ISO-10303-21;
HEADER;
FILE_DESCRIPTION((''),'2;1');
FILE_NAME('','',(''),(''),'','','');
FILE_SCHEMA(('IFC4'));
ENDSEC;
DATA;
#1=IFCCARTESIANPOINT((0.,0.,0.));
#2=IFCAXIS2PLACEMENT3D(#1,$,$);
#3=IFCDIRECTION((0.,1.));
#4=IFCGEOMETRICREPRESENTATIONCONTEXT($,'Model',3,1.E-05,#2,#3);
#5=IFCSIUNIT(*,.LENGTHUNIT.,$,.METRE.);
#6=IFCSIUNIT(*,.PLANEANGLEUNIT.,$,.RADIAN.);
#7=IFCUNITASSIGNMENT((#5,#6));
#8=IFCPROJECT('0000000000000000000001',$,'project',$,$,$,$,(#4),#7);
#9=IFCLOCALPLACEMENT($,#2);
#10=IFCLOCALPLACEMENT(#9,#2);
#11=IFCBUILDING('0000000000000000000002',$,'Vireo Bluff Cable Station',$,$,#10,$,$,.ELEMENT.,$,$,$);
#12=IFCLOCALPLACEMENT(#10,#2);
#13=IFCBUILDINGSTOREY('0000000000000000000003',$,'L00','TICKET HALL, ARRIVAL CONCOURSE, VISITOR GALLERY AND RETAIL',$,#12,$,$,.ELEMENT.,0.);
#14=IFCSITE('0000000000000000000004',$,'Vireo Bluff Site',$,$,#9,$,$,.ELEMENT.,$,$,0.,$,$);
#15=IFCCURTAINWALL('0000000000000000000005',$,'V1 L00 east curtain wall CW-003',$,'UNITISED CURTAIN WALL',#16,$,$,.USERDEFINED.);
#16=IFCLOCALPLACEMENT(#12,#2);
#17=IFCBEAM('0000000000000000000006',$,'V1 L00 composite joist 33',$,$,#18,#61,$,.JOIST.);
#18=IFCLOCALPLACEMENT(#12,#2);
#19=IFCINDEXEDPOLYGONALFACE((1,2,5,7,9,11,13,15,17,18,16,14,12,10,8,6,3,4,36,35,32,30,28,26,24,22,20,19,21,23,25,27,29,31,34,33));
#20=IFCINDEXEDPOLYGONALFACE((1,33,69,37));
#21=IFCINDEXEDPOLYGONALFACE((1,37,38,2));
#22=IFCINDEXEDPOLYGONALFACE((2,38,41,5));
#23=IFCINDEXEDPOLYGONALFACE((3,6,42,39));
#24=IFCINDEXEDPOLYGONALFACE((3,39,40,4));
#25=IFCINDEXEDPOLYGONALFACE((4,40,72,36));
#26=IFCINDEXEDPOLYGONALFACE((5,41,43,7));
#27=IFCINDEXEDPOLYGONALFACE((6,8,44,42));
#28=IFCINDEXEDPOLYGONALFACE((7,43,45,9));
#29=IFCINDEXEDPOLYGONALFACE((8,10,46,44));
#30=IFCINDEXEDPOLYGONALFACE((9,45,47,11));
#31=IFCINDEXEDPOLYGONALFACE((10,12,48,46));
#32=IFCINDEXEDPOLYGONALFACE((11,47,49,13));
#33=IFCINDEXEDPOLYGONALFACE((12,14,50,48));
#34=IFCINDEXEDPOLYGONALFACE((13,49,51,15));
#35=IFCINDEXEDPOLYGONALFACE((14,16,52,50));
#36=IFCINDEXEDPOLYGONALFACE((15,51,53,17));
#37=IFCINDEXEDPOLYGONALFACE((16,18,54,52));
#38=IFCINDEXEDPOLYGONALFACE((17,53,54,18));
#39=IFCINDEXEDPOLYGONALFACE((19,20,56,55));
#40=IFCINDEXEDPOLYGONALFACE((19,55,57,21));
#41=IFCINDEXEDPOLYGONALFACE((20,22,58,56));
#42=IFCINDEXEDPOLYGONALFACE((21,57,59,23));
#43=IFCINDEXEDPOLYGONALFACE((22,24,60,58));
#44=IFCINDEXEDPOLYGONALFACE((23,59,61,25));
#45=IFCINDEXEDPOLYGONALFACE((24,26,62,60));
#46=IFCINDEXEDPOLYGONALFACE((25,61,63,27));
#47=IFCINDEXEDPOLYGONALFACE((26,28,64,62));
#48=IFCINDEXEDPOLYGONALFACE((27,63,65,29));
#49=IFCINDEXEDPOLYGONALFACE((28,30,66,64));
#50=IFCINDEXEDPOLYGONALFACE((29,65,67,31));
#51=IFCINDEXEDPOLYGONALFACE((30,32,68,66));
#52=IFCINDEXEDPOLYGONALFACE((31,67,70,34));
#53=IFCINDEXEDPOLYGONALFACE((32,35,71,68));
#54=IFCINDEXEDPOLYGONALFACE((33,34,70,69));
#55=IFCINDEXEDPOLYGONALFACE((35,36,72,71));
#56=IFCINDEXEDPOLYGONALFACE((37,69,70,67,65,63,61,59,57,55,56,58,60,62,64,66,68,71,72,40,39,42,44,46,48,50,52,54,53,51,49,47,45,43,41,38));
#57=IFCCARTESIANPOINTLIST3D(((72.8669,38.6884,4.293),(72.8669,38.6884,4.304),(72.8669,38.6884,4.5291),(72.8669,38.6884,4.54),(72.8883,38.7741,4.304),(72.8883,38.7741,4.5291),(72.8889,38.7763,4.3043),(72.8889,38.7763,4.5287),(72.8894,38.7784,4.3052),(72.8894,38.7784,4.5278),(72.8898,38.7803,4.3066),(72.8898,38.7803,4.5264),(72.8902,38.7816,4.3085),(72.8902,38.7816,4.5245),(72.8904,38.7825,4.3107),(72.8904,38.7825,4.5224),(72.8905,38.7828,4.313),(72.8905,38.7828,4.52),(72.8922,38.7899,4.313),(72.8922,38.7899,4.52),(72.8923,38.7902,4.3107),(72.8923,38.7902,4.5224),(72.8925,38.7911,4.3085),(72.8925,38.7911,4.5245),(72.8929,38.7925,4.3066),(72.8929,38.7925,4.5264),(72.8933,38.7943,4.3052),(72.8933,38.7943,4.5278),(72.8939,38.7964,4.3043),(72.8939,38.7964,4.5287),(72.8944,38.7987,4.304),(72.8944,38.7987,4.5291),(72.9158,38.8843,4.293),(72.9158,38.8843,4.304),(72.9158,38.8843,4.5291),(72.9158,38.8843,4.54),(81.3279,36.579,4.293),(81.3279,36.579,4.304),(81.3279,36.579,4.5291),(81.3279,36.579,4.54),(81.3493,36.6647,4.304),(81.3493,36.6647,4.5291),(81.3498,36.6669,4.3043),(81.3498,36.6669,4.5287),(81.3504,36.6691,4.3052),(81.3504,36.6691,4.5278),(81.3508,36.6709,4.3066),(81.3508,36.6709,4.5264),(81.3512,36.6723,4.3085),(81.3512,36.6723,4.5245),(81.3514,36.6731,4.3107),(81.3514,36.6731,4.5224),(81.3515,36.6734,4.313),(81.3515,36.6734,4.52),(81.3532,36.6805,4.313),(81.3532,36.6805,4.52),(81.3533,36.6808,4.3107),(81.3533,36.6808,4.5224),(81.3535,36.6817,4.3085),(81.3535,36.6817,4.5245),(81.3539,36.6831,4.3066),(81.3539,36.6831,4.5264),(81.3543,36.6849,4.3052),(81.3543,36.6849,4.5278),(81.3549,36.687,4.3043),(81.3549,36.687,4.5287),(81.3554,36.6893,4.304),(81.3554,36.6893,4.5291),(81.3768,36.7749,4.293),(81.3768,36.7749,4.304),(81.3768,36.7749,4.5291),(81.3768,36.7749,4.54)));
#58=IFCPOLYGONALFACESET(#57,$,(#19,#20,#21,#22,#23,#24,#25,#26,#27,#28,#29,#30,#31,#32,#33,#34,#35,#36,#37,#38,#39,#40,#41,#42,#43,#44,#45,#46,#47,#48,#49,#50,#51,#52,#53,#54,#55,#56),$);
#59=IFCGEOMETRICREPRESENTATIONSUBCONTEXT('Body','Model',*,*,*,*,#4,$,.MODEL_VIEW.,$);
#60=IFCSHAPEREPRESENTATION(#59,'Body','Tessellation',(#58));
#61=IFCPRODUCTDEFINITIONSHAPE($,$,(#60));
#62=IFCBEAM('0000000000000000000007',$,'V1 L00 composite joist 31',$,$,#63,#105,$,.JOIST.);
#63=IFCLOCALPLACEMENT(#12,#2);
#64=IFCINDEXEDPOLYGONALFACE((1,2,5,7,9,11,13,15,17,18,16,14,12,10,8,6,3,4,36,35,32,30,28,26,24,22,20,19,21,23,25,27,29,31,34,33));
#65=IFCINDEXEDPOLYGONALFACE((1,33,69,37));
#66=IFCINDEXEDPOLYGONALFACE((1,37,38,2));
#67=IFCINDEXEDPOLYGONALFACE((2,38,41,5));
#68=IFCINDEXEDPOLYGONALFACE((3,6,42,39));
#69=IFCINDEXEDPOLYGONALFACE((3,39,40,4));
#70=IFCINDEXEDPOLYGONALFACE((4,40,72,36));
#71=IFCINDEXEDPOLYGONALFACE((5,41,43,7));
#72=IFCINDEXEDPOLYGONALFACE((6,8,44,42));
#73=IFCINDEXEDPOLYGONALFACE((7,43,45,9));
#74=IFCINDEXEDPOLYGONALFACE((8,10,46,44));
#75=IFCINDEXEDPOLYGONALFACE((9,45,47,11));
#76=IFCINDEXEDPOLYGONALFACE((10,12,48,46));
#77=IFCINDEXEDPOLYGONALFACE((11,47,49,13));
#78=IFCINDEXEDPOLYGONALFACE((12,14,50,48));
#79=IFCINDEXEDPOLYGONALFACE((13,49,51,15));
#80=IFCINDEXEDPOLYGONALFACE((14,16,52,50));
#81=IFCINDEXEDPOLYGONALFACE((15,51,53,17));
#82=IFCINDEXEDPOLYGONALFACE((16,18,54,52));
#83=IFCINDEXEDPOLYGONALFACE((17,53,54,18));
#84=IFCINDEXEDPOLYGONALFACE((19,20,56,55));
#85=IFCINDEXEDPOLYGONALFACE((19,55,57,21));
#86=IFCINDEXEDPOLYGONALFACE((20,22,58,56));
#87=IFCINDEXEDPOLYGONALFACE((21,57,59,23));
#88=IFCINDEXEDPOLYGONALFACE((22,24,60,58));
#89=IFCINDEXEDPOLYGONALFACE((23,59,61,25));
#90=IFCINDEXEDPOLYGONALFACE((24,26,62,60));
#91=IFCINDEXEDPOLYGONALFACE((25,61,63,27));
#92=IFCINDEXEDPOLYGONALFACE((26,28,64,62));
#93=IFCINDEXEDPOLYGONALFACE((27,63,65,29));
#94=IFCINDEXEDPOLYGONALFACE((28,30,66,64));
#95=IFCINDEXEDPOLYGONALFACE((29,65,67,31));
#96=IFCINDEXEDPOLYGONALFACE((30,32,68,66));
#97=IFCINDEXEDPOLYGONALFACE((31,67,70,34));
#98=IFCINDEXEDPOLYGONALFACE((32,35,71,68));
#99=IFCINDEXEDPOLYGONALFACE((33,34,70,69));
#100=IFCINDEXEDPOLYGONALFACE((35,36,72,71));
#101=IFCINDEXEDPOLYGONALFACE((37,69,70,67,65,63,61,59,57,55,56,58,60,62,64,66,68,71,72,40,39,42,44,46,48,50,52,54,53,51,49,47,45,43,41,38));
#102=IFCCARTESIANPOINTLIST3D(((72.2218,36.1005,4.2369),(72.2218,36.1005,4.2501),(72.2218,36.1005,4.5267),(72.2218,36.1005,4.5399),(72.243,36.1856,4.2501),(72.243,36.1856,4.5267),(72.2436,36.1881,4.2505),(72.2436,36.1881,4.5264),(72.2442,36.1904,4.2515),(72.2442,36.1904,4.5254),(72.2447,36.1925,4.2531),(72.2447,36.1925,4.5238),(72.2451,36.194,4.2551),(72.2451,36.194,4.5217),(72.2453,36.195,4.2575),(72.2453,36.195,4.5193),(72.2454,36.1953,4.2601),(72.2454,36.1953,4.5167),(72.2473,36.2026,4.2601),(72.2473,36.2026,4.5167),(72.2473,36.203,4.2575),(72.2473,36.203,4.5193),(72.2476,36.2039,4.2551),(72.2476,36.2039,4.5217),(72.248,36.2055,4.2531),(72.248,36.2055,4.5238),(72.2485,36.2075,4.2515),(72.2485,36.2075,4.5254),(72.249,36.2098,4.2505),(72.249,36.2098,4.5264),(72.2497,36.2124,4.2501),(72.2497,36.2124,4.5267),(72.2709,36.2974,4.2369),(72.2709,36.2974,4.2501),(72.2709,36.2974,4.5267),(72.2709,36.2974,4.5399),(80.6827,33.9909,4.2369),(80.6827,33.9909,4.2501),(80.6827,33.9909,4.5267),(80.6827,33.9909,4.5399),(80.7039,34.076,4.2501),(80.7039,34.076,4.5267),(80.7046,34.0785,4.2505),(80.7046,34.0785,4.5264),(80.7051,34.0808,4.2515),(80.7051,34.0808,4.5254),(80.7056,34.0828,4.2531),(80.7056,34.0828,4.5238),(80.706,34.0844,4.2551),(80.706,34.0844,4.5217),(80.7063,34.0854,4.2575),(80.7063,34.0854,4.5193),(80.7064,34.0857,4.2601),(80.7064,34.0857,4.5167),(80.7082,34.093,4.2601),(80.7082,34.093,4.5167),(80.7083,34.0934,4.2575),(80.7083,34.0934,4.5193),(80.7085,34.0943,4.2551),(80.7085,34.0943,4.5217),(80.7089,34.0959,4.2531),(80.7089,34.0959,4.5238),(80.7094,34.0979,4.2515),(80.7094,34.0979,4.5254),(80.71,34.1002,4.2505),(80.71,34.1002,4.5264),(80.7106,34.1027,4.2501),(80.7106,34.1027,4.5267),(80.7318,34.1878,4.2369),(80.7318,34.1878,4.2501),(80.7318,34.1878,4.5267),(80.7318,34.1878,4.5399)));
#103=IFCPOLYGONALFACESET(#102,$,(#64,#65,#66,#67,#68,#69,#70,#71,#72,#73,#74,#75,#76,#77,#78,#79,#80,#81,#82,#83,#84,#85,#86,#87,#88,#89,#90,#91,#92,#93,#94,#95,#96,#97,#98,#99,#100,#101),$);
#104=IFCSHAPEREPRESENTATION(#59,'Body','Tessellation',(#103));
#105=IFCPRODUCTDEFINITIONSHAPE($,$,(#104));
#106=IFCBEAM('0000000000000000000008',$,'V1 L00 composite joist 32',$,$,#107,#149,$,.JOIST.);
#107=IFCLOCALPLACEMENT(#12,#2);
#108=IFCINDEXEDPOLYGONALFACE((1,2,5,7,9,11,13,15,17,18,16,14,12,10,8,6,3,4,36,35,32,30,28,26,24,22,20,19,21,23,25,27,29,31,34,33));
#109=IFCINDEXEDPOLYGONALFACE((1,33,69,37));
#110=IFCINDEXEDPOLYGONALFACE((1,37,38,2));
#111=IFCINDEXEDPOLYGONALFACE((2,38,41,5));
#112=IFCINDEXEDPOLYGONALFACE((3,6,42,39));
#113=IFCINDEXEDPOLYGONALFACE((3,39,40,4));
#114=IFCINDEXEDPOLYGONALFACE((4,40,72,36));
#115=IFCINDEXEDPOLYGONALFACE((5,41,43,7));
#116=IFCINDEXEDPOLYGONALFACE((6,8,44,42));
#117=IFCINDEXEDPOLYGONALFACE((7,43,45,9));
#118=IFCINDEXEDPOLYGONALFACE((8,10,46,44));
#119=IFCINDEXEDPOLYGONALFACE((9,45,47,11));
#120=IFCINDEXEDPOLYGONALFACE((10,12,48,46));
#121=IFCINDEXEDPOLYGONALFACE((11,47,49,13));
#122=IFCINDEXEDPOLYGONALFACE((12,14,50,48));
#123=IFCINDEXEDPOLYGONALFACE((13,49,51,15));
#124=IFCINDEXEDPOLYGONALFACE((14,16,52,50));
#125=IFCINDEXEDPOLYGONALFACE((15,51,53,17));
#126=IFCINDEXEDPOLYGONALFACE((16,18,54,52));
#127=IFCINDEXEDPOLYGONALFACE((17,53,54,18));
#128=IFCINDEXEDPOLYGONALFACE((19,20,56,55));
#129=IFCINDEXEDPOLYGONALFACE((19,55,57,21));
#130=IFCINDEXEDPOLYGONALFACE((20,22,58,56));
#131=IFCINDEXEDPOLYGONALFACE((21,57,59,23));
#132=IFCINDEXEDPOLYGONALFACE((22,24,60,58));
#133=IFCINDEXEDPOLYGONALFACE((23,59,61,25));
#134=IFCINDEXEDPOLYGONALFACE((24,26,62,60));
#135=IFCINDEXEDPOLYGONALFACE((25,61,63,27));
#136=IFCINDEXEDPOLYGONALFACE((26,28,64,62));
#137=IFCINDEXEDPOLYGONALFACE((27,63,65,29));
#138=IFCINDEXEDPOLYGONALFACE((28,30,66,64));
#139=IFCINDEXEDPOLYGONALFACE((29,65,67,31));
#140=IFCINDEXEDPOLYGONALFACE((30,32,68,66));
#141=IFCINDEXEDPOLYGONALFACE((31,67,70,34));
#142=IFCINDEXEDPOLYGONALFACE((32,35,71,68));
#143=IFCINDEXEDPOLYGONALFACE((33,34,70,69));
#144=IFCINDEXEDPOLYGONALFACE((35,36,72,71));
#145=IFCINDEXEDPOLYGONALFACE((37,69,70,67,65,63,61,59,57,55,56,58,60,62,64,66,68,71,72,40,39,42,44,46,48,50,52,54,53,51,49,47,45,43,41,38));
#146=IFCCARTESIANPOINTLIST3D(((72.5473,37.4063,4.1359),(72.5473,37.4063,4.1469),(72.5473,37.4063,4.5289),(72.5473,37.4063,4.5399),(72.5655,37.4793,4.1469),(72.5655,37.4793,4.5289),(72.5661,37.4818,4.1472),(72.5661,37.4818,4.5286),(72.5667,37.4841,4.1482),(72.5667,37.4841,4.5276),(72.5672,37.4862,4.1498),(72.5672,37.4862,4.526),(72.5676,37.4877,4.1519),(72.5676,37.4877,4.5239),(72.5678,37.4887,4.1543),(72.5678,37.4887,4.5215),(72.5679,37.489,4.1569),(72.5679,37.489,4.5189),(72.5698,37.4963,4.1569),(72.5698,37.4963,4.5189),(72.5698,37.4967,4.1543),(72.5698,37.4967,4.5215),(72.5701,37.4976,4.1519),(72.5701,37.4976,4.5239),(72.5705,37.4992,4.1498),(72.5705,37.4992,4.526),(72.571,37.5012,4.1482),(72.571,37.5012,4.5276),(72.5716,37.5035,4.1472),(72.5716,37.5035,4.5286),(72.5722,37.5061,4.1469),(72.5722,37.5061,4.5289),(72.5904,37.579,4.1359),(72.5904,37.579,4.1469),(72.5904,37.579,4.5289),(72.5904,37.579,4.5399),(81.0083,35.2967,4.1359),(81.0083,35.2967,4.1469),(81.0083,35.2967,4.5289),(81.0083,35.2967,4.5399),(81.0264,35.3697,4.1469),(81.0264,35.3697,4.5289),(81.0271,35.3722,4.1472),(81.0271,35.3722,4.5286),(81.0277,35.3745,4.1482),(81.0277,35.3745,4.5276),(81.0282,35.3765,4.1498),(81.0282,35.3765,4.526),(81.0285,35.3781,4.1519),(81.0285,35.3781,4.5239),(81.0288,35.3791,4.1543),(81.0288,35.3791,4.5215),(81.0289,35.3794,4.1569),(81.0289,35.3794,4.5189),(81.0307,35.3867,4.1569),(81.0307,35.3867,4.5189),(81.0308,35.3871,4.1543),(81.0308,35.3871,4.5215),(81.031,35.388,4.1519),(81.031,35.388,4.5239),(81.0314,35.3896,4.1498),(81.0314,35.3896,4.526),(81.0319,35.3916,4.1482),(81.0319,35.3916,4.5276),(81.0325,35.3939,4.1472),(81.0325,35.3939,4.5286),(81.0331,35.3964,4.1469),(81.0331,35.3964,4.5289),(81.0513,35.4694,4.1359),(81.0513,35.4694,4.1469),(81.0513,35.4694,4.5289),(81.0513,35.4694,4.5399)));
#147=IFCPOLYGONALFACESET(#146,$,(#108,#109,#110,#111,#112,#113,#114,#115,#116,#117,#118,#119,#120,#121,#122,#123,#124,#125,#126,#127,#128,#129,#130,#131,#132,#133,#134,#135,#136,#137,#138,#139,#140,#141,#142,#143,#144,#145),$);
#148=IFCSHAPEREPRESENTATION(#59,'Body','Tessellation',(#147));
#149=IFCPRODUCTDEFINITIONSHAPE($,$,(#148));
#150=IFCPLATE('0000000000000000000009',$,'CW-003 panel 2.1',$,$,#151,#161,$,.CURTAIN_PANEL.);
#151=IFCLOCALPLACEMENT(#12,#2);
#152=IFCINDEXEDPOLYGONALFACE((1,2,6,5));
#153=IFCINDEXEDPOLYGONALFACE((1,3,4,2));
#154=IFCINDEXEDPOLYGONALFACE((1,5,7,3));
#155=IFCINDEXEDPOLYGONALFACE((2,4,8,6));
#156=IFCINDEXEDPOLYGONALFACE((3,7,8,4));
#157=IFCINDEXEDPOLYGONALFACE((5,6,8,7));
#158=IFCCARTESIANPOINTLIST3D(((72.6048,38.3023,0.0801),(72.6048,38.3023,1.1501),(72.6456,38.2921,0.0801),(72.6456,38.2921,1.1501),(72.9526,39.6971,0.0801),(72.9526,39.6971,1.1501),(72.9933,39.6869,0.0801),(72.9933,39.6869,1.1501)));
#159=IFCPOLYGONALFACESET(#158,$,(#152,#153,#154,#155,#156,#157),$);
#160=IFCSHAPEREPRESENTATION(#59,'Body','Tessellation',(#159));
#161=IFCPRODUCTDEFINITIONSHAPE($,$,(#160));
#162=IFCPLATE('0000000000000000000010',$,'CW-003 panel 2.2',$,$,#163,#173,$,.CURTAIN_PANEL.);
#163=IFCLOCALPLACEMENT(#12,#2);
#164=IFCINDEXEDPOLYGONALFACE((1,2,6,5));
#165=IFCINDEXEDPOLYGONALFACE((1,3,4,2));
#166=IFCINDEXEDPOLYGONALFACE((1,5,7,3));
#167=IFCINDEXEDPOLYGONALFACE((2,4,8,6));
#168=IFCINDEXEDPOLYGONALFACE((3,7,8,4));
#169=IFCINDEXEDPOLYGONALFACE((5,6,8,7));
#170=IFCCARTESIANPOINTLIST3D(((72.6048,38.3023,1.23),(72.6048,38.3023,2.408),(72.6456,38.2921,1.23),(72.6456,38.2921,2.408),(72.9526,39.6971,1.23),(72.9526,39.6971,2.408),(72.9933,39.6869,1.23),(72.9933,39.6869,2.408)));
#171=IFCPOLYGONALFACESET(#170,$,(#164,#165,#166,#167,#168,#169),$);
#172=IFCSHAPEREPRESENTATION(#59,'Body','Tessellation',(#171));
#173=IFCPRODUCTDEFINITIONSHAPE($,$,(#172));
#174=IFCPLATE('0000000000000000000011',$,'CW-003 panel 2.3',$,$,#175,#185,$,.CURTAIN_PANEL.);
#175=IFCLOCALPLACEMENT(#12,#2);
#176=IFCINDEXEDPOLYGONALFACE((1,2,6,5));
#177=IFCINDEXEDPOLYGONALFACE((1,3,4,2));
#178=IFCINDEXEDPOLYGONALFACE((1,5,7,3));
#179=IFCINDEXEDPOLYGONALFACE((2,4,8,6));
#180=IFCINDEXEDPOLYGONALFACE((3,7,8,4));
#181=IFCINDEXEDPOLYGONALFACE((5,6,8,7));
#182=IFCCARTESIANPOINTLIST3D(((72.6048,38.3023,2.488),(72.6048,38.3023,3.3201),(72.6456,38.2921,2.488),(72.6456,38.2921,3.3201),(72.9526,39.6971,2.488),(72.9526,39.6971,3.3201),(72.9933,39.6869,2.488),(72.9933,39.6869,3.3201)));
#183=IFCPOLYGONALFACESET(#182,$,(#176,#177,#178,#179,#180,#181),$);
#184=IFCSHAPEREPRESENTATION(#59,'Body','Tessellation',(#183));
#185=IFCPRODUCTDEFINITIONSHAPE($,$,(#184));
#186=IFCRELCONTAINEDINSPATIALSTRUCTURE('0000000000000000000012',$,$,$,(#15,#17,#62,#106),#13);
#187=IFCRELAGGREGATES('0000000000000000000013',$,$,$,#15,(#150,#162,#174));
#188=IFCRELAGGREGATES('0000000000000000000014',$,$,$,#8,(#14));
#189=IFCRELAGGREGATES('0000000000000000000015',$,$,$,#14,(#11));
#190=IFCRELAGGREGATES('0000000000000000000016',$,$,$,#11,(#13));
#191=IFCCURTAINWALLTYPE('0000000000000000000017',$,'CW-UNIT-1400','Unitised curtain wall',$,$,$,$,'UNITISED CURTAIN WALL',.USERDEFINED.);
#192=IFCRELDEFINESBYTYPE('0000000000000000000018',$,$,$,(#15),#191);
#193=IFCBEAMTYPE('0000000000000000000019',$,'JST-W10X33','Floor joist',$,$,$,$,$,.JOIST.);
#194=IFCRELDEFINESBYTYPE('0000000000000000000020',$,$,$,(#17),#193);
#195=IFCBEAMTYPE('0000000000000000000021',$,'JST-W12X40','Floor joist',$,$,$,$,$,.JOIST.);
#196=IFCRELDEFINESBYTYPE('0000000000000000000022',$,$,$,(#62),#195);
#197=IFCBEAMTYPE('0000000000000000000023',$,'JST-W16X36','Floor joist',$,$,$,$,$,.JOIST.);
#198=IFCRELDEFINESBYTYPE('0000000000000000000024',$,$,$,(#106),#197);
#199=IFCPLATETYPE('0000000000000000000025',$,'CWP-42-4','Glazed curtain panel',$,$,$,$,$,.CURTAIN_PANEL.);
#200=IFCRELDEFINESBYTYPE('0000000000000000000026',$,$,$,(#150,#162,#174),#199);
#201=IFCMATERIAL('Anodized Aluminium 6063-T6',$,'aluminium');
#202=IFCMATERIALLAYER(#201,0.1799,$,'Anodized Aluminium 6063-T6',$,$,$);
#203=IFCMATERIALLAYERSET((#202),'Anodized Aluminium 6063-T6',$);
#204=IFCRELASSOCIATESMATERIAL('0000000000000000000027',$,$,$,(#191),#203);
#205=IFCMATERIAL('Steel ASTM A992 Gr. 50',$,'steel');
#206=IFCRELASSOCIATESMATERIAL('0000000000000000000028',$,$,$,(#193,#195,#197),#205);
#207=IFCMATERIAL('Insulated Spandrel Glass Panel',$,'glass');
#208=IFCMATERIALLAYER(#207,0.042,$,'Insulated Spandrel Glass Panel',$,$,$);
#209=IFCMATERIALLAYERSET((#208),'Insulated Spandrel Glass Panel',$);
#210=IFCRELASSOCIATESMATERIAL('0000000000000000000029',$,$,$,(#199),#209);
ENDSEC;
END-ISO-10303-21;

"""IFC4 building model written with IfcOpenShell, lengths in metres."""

from ifc_helpers import new_model, si_unit, direction, frame, origin, origin_2d, place, context, subcontext, project, spatial, rectangle, i_section, extrude, material, layer, layer_set, material_profile, profile_set, type_object, element, aggregate, save


model = new_model("IFC4")

# Units and contexts
model_context = context("Model", 3, precision=1e-05, world=origin(), true_north=direction((0.0, 1.0)))
body_context = subcontext(model_context, "Body", "Model", "MODEL_VIEW")
ifc_project = project(units=[si_unit("LENGTHUNIT", "METRE"), si_unit("PLANEANGLEUNIT", "RADIAN")], contexts=[model_context])

# Site, building, storey
site_placement = place(None, origin())
site = spatial("IfcSite", under=ifc_project, at=site_placement, Name="Vireo Bluff Site", CompositionType="ELEMENT", RefElevation=0.0)
building_placement = place(site_placement, origin())
building = spatial("IfcBuilding", under=site, at=building_placement, Name="Vireo Bluff Cable Station", CompositionType="ELEMENT")
storey_placement = place(building_placement, origin())
storey = spatial("IfcBuildingStorey", under=building, at=storey_placement, Name="L00", Description="TICKET HALL, ARRIVAL CONCOURSE, VISITOR GALLERY AND RETAIL", CompositionType="ELEMENT", Elevation=0.0)

# Curtain wall
ifc_material_1 = material(Name="Anodized Aluminium 6063-T6", Category="aluminium")
ifc_layer_1 = layer(ifc_material_1, 0.1799, Name="Anodized Aluminium 6063-T6")
ifc_layer_set_1 = layer_set([ifc_layer_1], Name="Anodized Aluminium 6063-T6")
curtain_wall_type = type_object("IfcCurtainWallType", Name="CW-UNIT-1400", Description="Unitised curtain wall", ElementType="UNITISED CURTAIN WALL", PredefinedType="USERDEFINED", material=ifc_layer_set_1)
curtain_wall_placement = place(storey_placement, origin())
curtain_wall = element("IfcCurtainWall", 1, at=curtain_wall_placement, inside=storey, type_object=curtain_wall_type, Name="V1 L00 east curtain wall CW-003", ObjectType="UNITISED CURTAIN WALL", PredefinedType="USERDEFINED")

# Beams
ifc_material_2 = material(Name="Steel ASTM A992 Gr. 50", Category="steel")
ifc_material_profile_1 = material_profile(ifc_material_2, i_section(OverallWidth=0.2019, OverallDepth=0.2471, WebThickness=0.0073, FlangeThickness=0.011, FilletRadius=0.009, at=origin_2d()), Name="W10X33")
ifc_profile_set_1 = profile_set([ifc_material_profile_1], Name="Steel ASTM A992 Gr. 50")
beam_type_1 = type_object("IfcBeamType", Name="JST-W10X33", Description="Floor joist", PredefinedType="JOIST", material=ifc_profile_set_1)
beam_1_placement = place(storey_placement, frame((72.8914, 38.7864, 4.4165), z_axis=(0.9703, -0.241903, 0.0), x_axis=(0.241903, 0.9703, 0.0)))
element("IfcBeam", 2, at=beam_1_placement, inside=storey, type_object=beam_type_1, Name="V1 L00 composite joist 33", PredefinedType="JOIST", context=body_context, shape_type="SweptSolid", body=[
    extrude(i_section(OverallWidth=0.2019, OverallDepth=0.2471, WebThickness=0.0073, FlangeThickness=0.011, FilletRadius=0.009, at=origin_2d()), origin(), (0.0, 0.0, 1.0), 8.72),
])
ifc_material_profile_2 = material_profile(ifc_material_2, i_section(OverallWidth=0.2029, OverallDepth=0.303, WebThickness=0.0076, FlangeThickness=0.0132, FilletRadius=0.01, at=origin_2d()), Name="W12X40")
ifc_profile_set_2 = profile_set([ifc_material_profile_2], Name="Steel ASTM A992 Gr. 50")
beam_type_2 = type_object("IfcBeamType", Name="JST-W12X40", Description="Floor joist", PredefinedType="JOIST", material=ifc_profile_set_2)
beam_2_placement = place(storey_placement, frame((72.2463, 36.199, 4.3884), z_axis=(0.970294, -0.24193, 0.0), x_axis=(0.24193, 0.970294, 0.0)))
element("IfcBeam", 3, at=beam_2_placement, inside=storey, type_object=beam_type_2, Name="V1 L00 composite joist 31", PredefinedType="JOIST", context=body_context, shape_type="SweptSolid", body=[
    extrude(i_section(OverallWidth=0.2029, OverallDepth=0.303, WebThickness=0.0076, FlangeThickness=0.0132, FilletRadius=0.01, at=origin_2d()), origin(), (0.0, 0.0, 1.0), 8.72),
])
ifc_material_profile_3 = material_profile(ifc_material_2, i_section(OverallWidth=0.178, OverallDepth=0.4041, WebThickness=0.0076, FlangeThickness=0.011, FilletRadius=0.01, at=origin_2d()), Name="W16X36")
ifc_profile_set_3 = profile_set([ifc_material_profile_3], Name="Steel ASTM A992 Gr. 50")
beam_type_3 = type_object("IfcBeamType", Name="JST-W16X36", Description="Floor joist", PredefinedType="JOIST", material=ifc_profile_set_3)
beam_3_placement = place(storey_placement, frame((72.5688, 37.4927, 4.3379), z_axis=(0.970294, -0.24193, 0.0), x_axis=(0.24193, 0.970294, 0.0)))
element("IfcBeam", 4, at=beam_3_placement, inside=storey, type_object=beam_type_3, Name="V1 L00 composite joist 32", PredefinedType="JOIST", context=body_context, shape_type="SweptSolid", body=[
    extrude(i_section(OverallWidth=0.178, OverallDepth=0.4041, WebThickness=0.0076, FlangeThickness=0.011, FilletRadius=0.01, at=origin_2d()), origin(), (0.0, 0.0, 1.0), 8.72),
])

# Plates
ifc_material_3 = material(Name="Insulated Spandrel Glass Panel", Category="glass")
ifc_layer_2 = layer(ifc_material_3, 0.042, Name="Insulated Spandrel Glass Panel")
ifc_layer_set_2 = layer_set([ifc_layer_2], Name="Insulated Spandrel Glass Panel")
plate_type = type_object("IfcPlateType", Name="CWP-42-4", Description="Glazed curtain panel", PredefinedType="CURTAIN_PANEL", material=ifc_layer_set_2)
plate_1_placement = place(storey_placement, frame((72.7991, 38.9946, 0.0801), z_axis=(0.0, 0.0, 1.0), x_axis=(-0.241922, -0.970296, 0.0)))
plate_1 = element("IfcPlate", 5, at=plate_1_placement, type_object=plate_type, Name="CW-003 panel 2.1", PredefinedType="CURTAIN_PANEL", context=body_context, shape_type="SweptSolid", body=[
    extrude(rectangle(XDim=1.4375, YDim=0.042, at=origin_2d()), origin(), (0.0, 0.0, 1.0), 1.0701),
])
plate_2_placement = place(storey_placement, frame((72.7991, 38.9946, 1.23), z_axis=(0.0, 0.0, 1.0), x_axis=(-0.241922, -0.970296, 0.0)))
plate_2 = element("IfcPlate", 6, at=plate_2_placement, type_object=plate_type, Name="CW-003 panel 2.2", PredefinedType="CURTAIN_PANEL", context=body_context, shape_type="SweptSolid", body=[
    extrude(rectangle(XDim=1.4375, YDim=0.042, at=origin_2d()), origin(), (0.0, 0.0, 1.0), 1.178),
])
plate_3_placement = place(storey_placement, frame((72.7991, 38.9946, 2.488), z_axis=(0.0, 0.0, 1.0), x_axis=(-0.241922, -0.970296, 0.0)))
plate_3 = element("IfcPlate", 7, at=plate_3_placement, type_object=plate_type, Name="CW-003 panel 2.3", PredefinedType="CURTAIN_PANEL", context=body_context, shape_type="SweptSolid", body=[
    extrude(rectangle(XDim=1.4375, YDim=0.042, at=origin_2d()), origin(), (0.0, 0.0, 1.0), 0.832),
])
aggregate(curtain_wall, [plate_1, plate_2, plate_3])

save(model, "model.ifc")
